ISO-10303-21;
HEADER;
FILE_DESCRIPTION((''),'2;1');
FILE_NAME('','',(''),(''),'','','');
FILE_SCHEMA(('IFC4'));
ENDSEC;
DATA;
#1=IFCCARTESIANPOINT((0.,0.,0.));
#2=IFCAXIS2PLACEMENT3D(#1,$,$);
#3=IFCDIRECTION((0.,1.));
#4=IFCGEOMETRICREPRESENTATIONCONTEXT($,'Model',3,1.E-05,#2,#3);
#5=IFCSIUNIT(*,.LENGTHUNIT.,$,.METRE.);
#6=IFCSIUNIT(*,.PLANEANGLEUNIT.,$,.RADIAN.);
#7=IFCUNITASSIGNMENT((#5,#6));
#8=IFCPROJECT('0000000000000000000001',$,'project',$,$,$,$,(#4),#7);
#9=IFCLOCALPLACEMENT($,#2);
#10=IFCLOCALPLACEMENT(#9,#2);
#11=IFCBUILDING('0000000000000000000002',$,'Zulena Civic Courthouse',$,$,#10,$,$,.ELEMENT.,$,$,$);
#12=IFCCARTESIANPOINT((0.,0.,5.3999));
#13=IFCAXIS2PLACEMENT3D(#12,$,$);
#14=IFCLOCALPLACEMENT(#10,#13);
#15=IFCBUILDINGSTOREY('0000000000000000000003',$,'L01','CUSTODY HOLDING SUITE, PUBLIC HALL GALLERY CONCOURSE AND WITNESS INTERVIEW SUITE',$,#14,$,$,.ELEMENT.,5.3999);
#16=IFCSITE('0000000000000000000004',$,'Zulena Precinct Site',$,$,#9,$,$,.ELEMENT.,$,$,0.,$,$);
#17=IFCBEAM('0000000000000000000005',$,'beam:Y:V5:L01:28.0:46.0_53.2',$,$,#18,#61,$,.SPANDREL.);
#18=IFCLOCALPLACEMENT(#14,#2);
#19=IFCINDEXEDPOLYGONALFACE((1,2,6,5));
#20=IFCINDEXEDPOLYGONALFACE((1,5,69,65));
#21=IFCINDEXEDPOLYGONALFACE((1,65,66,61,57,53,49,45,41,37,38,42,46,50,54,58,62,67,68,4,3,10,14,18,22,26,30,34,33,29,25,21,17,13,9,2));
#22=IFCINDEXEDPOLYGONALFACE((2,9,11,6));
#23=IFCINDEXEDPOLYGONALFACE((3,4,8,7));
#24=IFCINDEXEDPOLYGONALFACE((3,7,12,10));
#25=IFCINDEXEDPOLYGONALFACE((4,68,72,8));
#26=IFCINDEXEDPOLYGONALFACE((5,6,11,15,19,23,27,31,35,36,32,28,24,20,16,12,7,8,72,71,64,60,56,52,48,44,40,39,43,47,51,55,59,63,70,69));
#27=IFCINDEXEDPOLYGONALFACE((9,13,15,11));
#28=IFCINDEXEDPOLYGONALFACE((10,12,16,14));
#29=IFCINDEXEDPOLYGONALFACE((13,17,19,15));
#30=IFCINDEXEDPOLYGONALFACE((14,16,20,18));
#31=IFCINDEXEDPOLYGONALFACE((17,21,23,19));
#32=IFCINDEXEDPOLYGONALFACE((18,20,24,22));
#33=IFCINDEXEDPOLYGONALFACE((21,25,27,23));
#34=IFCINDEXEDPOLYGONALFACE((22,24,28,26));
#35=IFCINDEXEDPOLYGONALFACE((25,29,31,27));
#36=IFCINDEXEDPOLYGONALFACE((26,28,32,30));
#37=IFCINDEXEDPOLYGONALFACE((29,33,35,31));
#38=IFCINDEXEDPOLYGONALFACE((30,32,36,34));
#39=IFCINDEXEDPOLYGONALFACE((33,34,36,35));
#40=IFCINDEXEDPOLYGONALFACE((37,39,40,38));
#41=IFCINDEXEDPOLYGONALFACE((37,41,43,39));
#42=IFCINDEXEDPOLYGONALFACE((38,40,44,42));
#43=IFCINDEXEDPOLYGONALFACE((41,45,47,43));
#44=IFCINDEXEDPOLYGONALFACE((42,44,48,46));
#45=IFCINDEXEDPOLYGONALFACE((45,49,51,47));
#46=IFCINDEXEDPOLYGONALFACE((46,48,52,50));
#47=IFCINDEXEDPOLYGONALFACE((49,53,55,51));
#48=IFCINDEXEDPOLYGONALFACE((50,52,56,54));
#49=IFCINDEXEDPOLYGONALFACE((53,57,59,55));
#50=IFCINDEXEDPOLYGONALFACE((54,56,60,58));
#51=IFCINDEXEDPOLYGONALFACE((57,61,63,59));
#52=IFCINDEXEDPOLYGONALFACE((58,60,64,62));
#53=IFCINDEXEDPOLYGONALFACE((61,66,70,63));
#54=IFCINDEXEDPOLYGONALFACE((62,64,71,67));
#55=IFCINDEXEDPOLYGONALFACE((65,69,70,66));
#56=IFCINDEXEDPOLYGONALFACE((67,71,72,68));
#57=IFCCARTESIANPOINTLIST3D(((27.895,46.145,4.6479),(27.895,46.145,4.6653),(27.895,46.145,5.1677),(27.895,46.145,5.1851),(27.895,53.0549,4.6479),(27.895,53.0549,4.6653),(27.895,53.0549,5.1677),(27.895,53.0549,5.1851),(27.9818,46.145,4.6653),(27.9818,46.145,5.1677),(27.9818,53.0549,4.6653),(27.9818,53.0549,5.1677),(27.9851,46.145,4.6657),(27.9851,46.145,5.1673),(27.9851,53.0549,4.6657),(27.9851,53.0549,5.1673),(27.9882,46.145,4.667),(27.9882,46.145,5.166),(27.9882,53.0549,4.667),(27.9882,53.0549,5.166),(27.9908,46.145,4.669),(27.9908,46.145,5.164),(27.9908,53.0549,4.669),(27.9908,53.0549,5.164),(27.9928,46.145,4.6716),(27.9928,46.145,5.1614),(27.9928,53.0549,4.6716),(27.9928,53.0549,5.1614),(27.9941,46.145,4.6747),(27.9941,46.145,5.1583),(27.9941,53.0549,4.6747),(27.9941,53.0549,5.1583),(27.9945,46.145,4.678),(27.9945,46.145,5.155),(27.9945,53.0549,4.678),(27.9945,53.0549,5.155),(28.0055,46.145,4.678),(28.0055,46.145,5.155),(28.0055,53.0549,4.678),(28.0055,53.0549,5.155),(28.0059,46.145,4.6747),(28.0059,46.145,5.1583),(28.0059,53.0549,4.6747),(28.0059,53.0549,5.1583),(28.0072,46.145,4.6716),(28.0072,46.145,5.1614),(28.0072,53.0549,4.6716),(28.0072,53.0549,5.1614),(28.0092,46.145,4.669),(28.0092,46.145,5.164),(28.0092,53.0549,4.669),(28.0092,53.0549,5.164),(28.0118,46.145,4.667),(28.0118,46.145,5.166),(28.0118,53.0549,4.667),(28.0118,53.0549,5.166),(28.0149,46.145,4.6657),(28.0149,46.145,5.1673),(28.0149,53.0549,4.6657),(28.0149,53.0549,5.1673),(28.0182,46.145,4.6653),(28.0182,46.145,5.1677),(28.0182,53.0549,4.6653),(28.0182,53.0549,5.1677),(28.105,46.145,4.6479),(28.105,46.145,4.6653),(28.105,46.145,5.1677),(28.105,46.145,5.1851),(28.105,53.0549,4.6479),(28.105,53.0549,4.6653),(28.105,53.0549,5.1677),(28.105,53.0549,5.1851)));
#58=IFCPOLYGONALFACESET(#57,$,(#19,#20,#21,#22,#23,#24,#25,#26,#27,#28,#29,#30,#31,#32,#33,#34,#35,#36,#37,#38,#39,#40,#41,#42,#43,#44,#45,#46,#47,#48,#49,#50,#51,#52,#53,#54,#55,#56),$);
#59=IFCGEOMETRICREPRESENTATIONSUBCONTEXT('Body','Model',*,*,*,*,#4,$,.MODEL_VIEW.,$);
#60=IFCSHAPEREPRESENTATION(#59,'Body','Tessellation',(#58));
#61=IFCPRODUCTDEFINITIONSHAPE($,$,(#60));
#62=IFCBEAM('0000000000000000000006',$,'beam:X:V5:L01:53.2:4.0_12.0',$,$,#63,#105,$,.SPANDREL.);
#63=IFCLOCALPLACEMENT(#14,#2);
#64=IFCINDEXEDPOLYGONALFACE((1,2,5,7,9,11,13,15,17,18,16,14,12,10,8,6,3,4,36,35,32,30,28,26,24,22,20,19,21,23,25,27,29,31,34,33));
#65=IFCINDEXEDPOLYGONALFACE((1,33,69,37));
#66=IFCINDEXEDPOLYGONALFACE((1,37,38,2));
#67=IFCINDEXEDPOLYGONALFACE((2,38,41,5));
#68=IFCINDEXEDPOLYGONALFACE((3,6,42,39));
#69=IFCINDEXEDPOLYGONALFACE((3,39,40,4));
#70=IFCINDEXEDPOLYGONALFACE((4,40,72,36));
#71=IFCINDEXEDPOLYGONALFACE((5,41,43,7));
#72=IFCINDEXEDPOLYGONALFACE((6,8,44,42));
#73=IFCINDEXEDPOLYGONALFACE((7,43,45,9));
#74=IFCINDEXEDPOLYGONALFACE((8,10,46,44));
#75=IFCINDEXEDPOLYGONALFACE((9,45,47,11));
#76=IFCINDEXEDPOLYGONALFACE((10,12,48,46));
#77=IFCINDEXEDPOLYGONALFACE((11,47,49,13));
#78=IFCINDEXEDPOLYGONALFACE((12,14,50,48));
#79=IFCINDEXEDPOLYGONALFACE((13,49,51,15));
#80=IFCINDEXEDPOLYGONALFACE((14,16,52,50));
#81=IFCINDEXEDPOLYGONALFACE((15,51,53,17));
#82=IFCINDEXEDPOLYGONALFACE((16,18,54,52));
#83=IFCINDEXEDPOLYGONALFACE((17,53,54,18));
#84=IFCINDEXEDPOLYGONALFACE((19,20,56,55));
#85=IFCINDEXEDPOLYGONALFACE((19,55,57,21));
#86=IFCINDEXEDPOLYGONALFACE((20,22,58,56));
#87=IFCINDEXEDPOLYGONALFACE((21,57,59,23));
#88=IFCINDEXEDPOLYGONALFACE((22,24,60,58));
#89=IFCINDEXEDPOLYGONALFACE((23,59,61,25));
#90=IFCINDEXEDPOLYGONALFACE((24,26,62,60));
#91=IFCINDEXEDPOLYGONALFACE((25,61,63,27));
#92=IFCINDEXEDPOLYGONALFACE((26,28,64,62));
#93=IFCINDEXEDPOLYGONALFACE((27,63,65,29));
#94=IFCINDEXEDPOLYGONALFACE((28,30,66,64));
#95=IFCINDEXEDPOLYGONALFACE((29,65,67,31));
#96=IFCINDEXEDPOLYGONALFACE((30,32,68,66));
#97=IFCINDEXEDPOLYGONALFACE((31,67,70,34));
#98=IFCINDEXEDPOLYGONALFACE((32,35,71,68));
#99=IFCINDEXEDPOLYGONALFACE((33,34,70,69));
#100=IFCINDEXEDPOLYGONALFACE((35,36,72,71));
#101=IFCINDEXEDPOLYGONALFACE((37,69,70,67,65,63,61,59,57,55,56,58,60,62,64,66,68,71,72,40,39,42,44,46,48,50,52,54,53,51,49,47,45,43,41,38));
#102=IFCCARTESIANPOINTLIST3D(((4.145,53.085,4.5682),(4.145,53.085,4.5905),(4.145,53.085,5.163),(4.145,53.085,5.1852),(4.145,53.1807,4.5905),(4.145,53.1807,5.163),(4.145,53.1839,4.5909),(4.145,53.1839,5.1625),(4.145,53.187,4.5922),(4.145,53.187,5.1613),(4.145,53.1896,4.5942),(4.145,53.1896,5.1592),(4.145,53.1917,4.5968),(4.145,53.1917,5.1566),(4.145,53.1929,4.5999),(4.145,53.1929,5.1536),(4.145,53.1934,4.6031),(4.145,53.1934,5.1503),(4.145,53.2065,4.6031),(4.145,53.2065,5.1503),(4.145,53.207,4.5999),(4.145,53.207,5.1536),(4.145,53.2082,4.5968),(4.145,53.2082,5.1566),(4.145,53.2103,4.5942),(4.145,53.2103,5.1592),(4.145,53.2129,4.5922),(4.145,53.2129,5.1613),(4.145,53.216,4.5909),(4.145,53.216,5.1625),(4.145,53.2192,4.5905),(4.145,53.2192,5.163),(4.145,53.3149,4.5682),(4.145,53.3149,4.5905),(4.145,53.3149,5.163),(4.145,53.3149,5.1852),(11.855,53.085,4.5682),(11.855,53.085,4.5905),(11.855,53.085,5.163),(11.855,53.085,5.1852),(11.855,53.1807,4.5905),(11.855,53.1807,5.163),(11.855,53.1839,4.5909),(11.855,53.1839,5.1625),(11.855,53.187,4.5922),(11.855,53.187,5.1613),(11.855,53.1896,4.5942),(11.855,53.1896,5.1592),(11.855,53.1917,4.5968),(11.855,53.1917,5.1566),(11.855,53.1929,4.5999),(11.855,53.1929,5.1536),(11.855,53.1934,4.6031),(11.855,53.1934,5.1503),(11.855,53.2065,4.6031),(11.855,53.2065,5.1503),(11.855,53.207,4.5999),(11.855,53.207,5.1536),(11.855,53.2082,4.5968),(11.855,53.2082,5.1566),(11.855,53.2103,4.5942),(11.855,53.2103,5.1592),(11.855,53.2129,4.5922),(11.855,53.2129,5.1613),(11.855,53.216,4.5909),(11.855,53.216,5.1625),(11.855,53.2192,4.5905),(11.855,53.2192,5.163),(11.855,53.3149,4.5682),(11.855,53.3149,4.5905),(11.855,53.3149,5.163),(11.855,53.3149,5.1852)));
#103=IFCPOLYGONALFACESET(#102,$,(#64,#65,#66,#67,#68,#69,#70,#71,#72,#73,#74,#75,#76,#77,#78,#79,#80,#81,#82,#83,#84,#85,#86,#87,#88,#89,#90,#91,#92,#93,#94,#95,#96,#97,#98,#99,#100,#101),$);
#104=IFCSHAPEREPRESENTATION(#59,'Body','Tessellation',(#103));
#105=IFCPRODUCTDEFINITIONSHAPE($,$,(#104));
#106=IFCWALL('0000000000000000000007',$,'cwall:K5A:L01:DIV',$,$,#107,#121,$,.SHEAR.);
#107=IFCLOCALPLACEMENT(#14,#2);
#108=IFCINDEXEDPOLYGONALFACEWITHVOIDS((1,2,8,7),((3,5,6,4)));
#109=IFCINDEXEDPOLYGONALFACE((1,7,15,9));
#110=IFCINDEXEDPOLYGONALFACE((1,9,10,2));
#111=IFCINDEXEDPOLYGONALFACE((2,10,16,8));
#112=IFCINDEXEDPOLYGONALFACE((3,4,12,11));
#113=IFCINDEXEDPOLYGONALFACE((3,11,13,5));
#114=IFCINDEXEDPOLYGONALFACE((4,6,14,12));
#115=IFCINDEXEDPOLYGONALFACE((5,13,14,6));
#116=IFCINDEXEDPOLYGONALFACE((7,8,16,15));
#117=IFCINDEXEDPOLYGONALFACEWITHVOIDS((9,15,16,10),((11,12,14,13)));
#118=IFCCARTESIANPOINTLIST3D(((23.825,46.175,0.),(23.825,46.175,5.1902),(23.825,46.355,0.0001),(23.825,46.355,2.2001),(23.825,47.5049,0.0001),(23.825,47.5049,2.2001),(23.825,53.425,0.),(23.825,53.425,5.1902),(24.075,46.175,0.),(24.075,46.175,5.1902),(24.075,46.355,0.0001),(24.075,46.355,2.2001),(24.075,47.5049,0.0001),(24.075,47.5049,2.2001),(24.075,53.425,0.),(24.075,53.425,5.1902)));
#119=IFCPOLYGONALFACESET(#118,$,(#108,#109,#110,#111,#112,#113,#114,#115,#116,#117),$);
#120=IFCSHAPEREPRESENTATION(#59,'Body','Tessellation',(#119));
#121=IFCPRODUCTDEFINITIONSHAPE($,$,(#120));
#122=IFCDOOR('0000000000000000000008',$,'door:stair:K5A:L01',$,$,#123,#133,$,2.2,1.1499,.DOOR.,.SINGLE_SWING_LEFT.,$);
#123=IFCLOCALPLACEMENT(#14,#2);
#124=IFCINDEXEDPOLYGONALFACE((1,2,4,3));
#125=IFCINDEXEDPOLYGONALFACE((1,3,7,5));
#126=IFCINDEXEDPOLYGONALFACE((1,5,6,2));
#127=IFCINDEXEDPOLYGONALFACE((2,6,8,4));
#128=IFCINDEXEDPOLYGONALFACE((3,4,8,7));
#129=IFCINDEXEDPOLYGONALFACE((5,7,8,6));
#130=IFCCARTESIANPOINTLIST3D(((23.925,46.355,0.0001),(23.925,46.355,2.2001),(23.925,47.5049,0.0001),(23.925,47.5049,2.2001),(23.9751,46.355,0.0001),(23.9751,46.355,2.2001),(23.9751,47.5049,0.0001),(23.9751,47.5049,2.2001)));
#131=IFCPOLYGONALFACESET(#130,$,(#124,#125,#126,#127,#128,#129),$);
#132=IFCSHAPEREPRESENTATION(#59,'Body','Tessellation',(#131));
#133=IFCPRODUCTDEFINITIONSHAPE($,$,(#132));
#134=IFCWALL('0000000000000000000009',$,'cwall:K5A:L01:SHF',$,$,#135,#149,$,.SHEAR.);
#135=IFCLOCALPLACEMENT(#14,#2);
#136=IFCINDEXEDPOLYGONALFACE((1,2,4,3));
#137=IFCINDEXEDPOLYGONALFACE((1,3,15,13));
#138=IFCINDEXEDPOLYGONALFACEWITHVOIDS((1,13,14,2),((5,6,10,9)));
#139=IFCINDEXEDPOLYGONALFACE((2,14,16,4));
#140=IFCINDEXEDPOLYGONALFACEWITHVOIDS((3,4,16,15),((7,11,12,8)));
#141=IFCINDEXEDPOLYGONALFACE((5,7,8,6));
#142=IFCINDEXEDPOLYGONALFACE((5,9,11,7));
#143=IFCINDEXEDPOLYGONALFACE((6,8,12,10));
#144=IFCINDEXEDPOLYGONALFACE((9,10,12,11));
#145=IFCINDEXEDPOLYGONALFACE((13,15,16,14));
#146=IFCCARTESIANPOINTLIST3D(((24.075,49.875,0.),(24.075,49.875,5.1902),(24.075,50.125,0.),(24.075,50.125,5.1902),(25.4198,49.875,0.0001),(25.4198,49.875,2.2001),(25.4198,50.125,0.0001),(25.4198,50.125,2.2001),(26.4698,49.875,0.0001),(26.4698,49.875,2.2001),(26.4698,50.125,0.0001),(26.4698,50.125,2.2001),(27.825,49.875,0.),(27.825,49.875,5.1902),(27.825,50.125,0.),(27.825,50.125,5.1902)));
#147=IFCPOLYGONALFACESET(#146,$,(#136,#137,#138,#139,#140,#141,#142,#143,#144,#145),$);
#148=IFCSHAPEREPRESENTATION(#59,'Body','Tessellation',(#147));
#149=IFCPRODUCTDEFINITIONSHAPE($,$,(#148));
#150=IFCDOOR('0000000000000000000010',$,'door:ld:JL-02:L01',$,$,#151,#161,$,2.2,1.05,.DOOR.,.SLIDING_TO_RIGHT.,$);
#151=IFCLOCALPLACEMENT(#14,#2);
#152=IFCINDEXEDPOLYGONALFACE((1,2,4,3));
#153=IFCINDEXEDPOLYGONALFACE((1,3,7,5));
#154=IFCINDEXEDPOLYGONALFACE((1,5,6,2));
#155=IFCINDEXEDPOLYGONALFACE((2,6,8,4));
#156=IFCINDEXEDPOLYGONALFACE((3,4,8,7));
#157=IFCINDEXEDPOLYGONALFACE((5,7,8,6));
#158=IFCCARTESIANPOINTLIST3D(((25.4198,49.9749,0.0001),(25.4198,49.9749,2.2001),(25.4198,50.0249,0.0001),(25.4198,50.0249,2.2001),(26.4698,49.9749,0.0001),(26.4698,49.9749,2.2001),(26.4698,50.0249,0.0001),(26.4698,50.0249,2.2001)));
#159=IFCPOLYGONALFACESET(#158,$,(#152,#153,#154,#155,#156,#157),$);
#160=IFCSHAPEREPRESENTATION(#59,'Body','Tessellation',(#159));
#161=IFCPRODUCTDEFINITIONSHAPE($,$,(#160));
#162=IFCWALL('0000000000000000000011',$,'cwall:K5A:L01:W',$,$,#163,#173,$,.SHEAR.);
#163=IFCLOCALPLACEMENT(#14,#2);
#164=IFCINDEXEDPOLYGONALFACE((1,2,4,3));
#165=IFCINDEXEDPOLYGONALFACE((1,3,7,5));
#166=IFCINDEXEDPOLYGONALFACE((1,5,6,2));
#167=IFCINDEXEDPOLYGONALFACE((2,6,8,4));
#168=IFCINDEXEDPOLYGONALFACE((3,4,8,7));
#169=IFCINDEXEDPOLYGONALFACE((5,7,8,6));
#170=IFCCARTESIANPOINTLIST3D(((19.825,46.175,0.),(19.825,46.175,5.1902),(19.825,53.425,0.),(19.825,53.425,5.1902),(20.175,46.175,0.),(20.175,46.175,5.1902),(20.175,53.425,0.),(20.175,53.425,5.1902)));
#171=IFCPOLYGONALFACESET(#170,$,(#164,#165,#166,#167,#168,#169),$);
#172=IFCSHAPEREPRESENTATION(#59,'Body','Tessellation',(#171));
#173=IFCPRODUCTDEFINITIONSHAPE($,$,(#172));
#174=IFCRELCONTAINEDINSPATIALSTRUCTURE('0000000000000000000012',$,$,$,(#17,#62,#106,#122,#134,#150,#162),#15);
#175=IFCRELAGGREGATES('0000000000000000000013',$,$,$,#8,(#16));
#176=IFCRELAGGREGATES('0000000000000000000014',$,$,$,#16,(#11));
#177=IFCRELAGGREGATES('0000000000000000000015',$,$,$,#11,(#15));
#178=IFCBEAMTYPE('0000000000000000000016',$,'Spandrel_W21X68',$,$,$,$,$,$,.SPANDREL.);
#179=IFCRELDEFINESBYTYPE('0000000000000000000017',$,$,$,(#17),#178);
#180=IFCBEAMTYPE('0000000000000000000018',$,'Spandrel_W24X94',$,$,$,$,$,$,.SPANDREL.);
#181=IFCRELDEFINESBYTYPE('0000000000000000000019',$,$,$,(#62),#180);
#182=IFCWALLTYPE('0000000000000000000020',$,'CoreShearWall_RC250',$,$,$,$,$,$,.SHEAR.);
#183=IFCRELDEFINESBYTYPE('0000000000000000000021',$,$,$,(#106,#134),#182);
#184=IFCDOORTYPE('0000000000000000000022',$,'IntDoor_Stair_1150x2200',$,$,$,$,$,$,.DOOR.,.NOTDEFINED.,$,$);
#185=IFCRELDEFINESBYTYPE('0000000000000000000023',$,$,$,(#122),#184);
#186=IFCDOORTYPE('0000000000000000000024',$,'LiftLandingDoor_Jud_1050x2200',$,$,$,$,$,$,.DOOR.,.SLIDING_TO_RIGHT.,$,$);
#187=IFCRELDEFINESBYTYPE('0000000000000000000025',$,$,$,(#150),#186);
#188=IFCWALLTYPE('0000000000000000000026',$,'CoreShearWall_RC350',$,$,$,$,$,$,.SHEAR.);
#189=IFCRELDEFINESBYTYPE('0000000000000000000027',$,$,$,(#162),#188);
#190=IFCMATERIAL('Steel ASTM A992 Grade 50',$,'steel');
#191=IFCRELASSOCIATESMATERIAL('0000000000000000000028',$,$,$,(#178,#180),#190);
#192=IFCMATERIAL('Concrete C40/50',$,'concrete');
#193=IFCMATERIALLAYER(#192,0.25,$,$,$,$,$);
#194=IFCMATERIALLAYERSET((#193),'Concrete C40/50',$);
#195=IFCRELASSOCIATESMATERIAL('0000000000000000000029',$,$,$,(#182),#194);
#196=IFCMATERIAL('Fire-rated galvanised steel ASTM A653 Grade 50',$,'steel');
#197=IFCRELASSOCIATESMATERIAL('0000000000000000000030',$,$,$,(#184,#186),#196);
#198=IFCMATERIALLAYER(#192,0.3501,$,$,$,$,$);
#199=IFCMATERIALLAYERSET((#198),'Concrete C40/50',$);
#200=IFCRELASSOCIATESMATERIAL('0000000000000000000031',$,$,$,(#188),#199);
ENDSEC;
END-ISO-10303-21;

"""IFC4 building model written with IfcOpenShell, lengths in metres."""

from ifc_helpers import new_model, si_unit, direction, frame, frame_2d, origin, origin_2d, place, context, subcontext, project, spatial, rectangle, i_section, extrude, material, layer, layer_set, material_profile, profile_set, type_object, element, fill, save


model = new_model("IFC4")

# Units and contexts
model_context = context("Model", 3, precision=1e-05, world=origin(), true_north=direction((0.0, 1.0)))
body_context = subcontext(model_context, "Body", "Model", "MODEL_VIEW")
ifc_project = project(units=[si_unit("LENGTHUNIT", "METRE"), si_unit("PLANEANGLEUNIT", "RADIAN")], contexts=[model_context])

# Site, building, storey
site_placement = place(None, origin())
site = spatial("IfcSite", under=ifc_project, at=site_placement, Name="Zulena Precinct Site", CompositionType="ELEMENT", RefElevation=0.0)
building_placement = place(site_placement, origin())
building = spatial("IfcBuilding", under=site, at=building_placement, Name="Zulena Civic Courthouse", CompositionType="ELEMENT")
storey_placement = place(building_placement, frame((0.0, 0.0, 5.3999)))
storey = spatial("IfcBuildingStorey", under=building, at=storey_placement, Name="L01", Description="CUSTODY HOLDING SUITE, PUBLIC HALL GALLERY CONCOURSE AND WITNESS INTERVIEW SUITE", CompositionType="ELEMENT", Elevation=5.3999)

# Shared definitions
ifc_material_1 = material(Name="Steel ASTM A992 Grade 50", Category="steel")

# Beams
ifc_material_profile_1 = material_profile(ifc_material_1, i_section(OverallWidth=0.21, OverallDepth=0.5371, WebThickness=0.011, FlangeThickness=0.0173, FilletRadius=0.0127, at=origin_2d()), Name="W21X68")
ifc_profile_set_1 = profile_set([ifc_material_profile_1], Name="Steel ASTM A992 Grade 50")
beam_type_1 = type_object("IfcBeamType", Name="Spandrel_W21X68", PredefinedType="SPANDREL", material=ifc_profile_set_1)
for number, where, z_axis, x_axis, name in (
    (1, (28.0, 46.145, 4.9165), (0.0, 1.0, 0.0), (-1.0, 0.0, 0.0), "beam:Y:V5:L01:28.0:46.0_53.2"),
):
    element("IfcBeam", number, at=place(storey_placement, frame(where, z_axis=z_axis, x_axis=x_axis)), inside=storey, type_object=beam_type_1, Name=name, PredefinedType="SPANDREL", context=body_context, shape_type="SweptSolid", body=[
        extrude(i_section(OverallWidth=0.21, OverallDepth=0.5371, WebThickness=0.011, FlangeThickness=0.0173, FilletRadius=0.0127, at=origin_2d()), origin(), (0.0, 0.0, 1.0), 6.9099),
    ])
ifc_material_profile_2 = material_profile(ifc_material_1, i_section(OverallWidth=0.23, OverallDepth=0.6169, WebThickness=0.0132, FlangeThickness=0.0222, FilletRadius=0.0127, at=origin_2d()), Name="W24X94")
ifc_profile_set_2 = profile_set([ifc_material_profile_2], Name="Steel ASTM A992 Grade 50")
beam_type_2 = type_object("IfcBeamType", Name="Spandrel_W24X94", PredefinedType="SPANDREL", material=ifc_profile_set_2)
beam_1_placement = place(storey_placement, frame((4.145, 53.2, 4.8767), z_axis=(1.0, 0.0, 0.0), x_axis=(0.0, 1.0, 0.0)))
element("IfcBeam", 2, at=beam_1_placement, inside=storey, type_object=beam_type_2, Name="beam:X:V5:L01:53.2:4.0_12.0", PredefinedType="SPANDREL", context=body_context, shape_type="SweptSolid", body=[
    extrude(i_section(OverallWidth=0.23, OverallDepth=0.6169, WebThickness=0.0132, FlangeThickness=0.0222, FilletRadius=0.0127, at=origin_2d()), origin(), (0.0, 0.0, 1.0), 7.71),
])

# Walls, openings, doors
ifc_material_2 = material(Name="Concrete C40/50", Category="concrete")
ifc_layer_1 = layer(ifc_material_2, 0.25)
ifc_layer_set_1 = layer_set([ifc_layer_1], Name="Concrete C40/50")
wall_type_1 = type_object("IfcWallType", Name="CoreShearWall_RC250", PredefinedType="SHEAR", material=ifc_layer_set_1)
wall_1_placement = place(storey_placement, frame((23.95, 46.175, 0.0), z_axis=(0.0, 0.0, 1.0), x_axis=(0.0, 1.0, 0.0)))
wall_1 = element("IfcWall", 3, at=wall_1_placement, inside=storey, type_object=wall_type_1, Name="cwall:K5A:L01:DIV", PredefinedType="SHEAR", context=body_context, shape_type="SweptSolid", body=[
    extrude(rectangle(XDim=7.25, YDim=0.25, at=frame_2d((3.625, 0.0))), origin(), (0.0, 0.0, 1.0), 5.1902),
])
opening_1_placement = place(wall_1_placement, frame((0.1799, 0.0, 0.0)))
opening_1 = element("IfcOpeningElement", 4, at=opening_1_placement, cuts=wall_1, PredefinedType="OPENING", context=body_context, shape_type="SweptSolid", body=[
    extrude(rectangle(XDim=1.1499, YDim=2.2, at=frame_2d((0.575, 1.1001))), frame((0.0, 0.135, 0.0), z_axis=(0.0, -1.0, 0.0), x_axis=(1.0, 0.0, 0.0)), (0.0, 0.0, 1.0), 0.27),
])
ifc_material_3 = material(Name="Fire-rated galvanised steel ASTM A653 Grade 50", Category="steel")
door_type_1 = type_object("IfcDoorType", Name="IntDoor_Stair_1150x2200", OperationType="NOTDEFINED", PredefinedType="DOOR", material=ifc_material_3)
door_1_placement = place(opening_1_placement, origin())
door_1 = element("IfcDoor", 5, at=door_1_placement, inside=storey, type_object=door_type_1, Name="door:stair:K5A:L01", OperationType="SINGLE_SWING_LEFT", OverallHeight=2.2, OverallWidth=1.1499, PredefinedType="DOOR", context=body_context, shape_type="SweptSolid", body=[
    extrude(rectangle(XDim=1.1499, YDim=2.2, at=frame_2d((0.575, 1.1001))), frame((0.0, 0.0249, 0.0), z_axis=(0.0, -1.0, 0.0), x_axis=(1.0, 0.0, 0.0)), (0.0, 0.0, 1.0), 0.05),
])
fill(opening_1, door_1)
wall_2_placement = place(storey_placement, frame((24.075, 50.0, 0.0), z_axis=(0.0, 0.0, 1.0), x_axis=(1.0, 0.0, 0.0)))
wall_2 = element("IfcWall", 6, at=wall_2_placement, inside=storey, type_object=wall_type_1, Name="cwall:K5A:L01:SHF", PredefinedType="SHEAR", context=body_context, shape_type="SweptSolid", body=[
    extrude(rectangle(XDim=3.75, YDim=0.25, at=frame_2d((1.875, 0.0))), origin(), (0.0, 0.0, 1.0), 5.1902),
])
opening_2_placement = place(wall_2_placement, frame((1.345, 0.0, 0.0)))
opening_2 = element("IfcOpeningElement", 7, at=opening_2_placement, cuts=wall_2, PredefinedType="OPENING", context=body_context, shape_type="SweptSolid", body=[
    extrude(rectangle(XDim=1.05, YDim=2.2, at=frame_2d((0.5249, 1.1001))), frame((0.0, 0.135, 0.0), z_axis=(0.0, -1.0, 0.0), x_axis=(1.0, 0.0, 0.0)), (0.0, 0.0, 1.0), 0.27),
])
door_type_2 = type_object("IfcDoorType", Name="LiftLandingDoor_Jud_1050x2200", OperationType="SLIDING_TO_RIGHT", PredefinedType="DOOR", material=ifc_material_3)
door_2_placement = place(opening_2_placement, origin())
door_2 = element("IfcDoor", 8, at=door_2_placement, inside=storey, type_object=door_type_2, Name="door:ld:JL-02:L01", OperationType="SLIDING_TO_RIGHT", OverallHeight=2.2, OverallWidth=1.05, PredefinedType="DOOR", context=body_context, shape_type="SweptSolid", body=[
    extrude(rectangle(XDim=1.05, YDim=2.2, at=frame_2d((0.5249, 1.1001))), frame((0.0, 0.0249, 0.0), z_axis=(0.0, -1.0, 0.0), x_axis=(1.0, 0.0, 0.0)), (0.0, 0.0, 1.0), 0.05),
])
fill(opening_2, door_2)

# Wall
ifc_layer_2 = layer(ifc_material_2, 0.3501)
ifc_layer_set_2 = layer_set([ifc_layer_2], Name="Concrete C40/50")
wall_type_2 = type_object("IfcWallType", Name="CoreShearWall_RC350", PredefinedType="SHEAR", material=ifc_layer_set_2)
wall_3_placement = place(storey_placement, frame((20.0, 46.175, 0.0), z_axis=(0.0, 0.0, 1.0), x_axis=(0.0, 1.0, 0.0)))
element("IfcWall", 9, at=wall_3_placement, inside=storey, type_object=wall_type_2, Name="cwall:K5A:L01:W", PredefinedType="SHEAR", context=body_context, shape_type="SweptSolid", body=[
    extrude(rectangle(XDim=7.25, YDim=0.3501, at=frame_2d((3.625, 0.0))), origin(), (0.0, 0.0, 1.0), 5.1902),
])

save(model, "model.ifc")
